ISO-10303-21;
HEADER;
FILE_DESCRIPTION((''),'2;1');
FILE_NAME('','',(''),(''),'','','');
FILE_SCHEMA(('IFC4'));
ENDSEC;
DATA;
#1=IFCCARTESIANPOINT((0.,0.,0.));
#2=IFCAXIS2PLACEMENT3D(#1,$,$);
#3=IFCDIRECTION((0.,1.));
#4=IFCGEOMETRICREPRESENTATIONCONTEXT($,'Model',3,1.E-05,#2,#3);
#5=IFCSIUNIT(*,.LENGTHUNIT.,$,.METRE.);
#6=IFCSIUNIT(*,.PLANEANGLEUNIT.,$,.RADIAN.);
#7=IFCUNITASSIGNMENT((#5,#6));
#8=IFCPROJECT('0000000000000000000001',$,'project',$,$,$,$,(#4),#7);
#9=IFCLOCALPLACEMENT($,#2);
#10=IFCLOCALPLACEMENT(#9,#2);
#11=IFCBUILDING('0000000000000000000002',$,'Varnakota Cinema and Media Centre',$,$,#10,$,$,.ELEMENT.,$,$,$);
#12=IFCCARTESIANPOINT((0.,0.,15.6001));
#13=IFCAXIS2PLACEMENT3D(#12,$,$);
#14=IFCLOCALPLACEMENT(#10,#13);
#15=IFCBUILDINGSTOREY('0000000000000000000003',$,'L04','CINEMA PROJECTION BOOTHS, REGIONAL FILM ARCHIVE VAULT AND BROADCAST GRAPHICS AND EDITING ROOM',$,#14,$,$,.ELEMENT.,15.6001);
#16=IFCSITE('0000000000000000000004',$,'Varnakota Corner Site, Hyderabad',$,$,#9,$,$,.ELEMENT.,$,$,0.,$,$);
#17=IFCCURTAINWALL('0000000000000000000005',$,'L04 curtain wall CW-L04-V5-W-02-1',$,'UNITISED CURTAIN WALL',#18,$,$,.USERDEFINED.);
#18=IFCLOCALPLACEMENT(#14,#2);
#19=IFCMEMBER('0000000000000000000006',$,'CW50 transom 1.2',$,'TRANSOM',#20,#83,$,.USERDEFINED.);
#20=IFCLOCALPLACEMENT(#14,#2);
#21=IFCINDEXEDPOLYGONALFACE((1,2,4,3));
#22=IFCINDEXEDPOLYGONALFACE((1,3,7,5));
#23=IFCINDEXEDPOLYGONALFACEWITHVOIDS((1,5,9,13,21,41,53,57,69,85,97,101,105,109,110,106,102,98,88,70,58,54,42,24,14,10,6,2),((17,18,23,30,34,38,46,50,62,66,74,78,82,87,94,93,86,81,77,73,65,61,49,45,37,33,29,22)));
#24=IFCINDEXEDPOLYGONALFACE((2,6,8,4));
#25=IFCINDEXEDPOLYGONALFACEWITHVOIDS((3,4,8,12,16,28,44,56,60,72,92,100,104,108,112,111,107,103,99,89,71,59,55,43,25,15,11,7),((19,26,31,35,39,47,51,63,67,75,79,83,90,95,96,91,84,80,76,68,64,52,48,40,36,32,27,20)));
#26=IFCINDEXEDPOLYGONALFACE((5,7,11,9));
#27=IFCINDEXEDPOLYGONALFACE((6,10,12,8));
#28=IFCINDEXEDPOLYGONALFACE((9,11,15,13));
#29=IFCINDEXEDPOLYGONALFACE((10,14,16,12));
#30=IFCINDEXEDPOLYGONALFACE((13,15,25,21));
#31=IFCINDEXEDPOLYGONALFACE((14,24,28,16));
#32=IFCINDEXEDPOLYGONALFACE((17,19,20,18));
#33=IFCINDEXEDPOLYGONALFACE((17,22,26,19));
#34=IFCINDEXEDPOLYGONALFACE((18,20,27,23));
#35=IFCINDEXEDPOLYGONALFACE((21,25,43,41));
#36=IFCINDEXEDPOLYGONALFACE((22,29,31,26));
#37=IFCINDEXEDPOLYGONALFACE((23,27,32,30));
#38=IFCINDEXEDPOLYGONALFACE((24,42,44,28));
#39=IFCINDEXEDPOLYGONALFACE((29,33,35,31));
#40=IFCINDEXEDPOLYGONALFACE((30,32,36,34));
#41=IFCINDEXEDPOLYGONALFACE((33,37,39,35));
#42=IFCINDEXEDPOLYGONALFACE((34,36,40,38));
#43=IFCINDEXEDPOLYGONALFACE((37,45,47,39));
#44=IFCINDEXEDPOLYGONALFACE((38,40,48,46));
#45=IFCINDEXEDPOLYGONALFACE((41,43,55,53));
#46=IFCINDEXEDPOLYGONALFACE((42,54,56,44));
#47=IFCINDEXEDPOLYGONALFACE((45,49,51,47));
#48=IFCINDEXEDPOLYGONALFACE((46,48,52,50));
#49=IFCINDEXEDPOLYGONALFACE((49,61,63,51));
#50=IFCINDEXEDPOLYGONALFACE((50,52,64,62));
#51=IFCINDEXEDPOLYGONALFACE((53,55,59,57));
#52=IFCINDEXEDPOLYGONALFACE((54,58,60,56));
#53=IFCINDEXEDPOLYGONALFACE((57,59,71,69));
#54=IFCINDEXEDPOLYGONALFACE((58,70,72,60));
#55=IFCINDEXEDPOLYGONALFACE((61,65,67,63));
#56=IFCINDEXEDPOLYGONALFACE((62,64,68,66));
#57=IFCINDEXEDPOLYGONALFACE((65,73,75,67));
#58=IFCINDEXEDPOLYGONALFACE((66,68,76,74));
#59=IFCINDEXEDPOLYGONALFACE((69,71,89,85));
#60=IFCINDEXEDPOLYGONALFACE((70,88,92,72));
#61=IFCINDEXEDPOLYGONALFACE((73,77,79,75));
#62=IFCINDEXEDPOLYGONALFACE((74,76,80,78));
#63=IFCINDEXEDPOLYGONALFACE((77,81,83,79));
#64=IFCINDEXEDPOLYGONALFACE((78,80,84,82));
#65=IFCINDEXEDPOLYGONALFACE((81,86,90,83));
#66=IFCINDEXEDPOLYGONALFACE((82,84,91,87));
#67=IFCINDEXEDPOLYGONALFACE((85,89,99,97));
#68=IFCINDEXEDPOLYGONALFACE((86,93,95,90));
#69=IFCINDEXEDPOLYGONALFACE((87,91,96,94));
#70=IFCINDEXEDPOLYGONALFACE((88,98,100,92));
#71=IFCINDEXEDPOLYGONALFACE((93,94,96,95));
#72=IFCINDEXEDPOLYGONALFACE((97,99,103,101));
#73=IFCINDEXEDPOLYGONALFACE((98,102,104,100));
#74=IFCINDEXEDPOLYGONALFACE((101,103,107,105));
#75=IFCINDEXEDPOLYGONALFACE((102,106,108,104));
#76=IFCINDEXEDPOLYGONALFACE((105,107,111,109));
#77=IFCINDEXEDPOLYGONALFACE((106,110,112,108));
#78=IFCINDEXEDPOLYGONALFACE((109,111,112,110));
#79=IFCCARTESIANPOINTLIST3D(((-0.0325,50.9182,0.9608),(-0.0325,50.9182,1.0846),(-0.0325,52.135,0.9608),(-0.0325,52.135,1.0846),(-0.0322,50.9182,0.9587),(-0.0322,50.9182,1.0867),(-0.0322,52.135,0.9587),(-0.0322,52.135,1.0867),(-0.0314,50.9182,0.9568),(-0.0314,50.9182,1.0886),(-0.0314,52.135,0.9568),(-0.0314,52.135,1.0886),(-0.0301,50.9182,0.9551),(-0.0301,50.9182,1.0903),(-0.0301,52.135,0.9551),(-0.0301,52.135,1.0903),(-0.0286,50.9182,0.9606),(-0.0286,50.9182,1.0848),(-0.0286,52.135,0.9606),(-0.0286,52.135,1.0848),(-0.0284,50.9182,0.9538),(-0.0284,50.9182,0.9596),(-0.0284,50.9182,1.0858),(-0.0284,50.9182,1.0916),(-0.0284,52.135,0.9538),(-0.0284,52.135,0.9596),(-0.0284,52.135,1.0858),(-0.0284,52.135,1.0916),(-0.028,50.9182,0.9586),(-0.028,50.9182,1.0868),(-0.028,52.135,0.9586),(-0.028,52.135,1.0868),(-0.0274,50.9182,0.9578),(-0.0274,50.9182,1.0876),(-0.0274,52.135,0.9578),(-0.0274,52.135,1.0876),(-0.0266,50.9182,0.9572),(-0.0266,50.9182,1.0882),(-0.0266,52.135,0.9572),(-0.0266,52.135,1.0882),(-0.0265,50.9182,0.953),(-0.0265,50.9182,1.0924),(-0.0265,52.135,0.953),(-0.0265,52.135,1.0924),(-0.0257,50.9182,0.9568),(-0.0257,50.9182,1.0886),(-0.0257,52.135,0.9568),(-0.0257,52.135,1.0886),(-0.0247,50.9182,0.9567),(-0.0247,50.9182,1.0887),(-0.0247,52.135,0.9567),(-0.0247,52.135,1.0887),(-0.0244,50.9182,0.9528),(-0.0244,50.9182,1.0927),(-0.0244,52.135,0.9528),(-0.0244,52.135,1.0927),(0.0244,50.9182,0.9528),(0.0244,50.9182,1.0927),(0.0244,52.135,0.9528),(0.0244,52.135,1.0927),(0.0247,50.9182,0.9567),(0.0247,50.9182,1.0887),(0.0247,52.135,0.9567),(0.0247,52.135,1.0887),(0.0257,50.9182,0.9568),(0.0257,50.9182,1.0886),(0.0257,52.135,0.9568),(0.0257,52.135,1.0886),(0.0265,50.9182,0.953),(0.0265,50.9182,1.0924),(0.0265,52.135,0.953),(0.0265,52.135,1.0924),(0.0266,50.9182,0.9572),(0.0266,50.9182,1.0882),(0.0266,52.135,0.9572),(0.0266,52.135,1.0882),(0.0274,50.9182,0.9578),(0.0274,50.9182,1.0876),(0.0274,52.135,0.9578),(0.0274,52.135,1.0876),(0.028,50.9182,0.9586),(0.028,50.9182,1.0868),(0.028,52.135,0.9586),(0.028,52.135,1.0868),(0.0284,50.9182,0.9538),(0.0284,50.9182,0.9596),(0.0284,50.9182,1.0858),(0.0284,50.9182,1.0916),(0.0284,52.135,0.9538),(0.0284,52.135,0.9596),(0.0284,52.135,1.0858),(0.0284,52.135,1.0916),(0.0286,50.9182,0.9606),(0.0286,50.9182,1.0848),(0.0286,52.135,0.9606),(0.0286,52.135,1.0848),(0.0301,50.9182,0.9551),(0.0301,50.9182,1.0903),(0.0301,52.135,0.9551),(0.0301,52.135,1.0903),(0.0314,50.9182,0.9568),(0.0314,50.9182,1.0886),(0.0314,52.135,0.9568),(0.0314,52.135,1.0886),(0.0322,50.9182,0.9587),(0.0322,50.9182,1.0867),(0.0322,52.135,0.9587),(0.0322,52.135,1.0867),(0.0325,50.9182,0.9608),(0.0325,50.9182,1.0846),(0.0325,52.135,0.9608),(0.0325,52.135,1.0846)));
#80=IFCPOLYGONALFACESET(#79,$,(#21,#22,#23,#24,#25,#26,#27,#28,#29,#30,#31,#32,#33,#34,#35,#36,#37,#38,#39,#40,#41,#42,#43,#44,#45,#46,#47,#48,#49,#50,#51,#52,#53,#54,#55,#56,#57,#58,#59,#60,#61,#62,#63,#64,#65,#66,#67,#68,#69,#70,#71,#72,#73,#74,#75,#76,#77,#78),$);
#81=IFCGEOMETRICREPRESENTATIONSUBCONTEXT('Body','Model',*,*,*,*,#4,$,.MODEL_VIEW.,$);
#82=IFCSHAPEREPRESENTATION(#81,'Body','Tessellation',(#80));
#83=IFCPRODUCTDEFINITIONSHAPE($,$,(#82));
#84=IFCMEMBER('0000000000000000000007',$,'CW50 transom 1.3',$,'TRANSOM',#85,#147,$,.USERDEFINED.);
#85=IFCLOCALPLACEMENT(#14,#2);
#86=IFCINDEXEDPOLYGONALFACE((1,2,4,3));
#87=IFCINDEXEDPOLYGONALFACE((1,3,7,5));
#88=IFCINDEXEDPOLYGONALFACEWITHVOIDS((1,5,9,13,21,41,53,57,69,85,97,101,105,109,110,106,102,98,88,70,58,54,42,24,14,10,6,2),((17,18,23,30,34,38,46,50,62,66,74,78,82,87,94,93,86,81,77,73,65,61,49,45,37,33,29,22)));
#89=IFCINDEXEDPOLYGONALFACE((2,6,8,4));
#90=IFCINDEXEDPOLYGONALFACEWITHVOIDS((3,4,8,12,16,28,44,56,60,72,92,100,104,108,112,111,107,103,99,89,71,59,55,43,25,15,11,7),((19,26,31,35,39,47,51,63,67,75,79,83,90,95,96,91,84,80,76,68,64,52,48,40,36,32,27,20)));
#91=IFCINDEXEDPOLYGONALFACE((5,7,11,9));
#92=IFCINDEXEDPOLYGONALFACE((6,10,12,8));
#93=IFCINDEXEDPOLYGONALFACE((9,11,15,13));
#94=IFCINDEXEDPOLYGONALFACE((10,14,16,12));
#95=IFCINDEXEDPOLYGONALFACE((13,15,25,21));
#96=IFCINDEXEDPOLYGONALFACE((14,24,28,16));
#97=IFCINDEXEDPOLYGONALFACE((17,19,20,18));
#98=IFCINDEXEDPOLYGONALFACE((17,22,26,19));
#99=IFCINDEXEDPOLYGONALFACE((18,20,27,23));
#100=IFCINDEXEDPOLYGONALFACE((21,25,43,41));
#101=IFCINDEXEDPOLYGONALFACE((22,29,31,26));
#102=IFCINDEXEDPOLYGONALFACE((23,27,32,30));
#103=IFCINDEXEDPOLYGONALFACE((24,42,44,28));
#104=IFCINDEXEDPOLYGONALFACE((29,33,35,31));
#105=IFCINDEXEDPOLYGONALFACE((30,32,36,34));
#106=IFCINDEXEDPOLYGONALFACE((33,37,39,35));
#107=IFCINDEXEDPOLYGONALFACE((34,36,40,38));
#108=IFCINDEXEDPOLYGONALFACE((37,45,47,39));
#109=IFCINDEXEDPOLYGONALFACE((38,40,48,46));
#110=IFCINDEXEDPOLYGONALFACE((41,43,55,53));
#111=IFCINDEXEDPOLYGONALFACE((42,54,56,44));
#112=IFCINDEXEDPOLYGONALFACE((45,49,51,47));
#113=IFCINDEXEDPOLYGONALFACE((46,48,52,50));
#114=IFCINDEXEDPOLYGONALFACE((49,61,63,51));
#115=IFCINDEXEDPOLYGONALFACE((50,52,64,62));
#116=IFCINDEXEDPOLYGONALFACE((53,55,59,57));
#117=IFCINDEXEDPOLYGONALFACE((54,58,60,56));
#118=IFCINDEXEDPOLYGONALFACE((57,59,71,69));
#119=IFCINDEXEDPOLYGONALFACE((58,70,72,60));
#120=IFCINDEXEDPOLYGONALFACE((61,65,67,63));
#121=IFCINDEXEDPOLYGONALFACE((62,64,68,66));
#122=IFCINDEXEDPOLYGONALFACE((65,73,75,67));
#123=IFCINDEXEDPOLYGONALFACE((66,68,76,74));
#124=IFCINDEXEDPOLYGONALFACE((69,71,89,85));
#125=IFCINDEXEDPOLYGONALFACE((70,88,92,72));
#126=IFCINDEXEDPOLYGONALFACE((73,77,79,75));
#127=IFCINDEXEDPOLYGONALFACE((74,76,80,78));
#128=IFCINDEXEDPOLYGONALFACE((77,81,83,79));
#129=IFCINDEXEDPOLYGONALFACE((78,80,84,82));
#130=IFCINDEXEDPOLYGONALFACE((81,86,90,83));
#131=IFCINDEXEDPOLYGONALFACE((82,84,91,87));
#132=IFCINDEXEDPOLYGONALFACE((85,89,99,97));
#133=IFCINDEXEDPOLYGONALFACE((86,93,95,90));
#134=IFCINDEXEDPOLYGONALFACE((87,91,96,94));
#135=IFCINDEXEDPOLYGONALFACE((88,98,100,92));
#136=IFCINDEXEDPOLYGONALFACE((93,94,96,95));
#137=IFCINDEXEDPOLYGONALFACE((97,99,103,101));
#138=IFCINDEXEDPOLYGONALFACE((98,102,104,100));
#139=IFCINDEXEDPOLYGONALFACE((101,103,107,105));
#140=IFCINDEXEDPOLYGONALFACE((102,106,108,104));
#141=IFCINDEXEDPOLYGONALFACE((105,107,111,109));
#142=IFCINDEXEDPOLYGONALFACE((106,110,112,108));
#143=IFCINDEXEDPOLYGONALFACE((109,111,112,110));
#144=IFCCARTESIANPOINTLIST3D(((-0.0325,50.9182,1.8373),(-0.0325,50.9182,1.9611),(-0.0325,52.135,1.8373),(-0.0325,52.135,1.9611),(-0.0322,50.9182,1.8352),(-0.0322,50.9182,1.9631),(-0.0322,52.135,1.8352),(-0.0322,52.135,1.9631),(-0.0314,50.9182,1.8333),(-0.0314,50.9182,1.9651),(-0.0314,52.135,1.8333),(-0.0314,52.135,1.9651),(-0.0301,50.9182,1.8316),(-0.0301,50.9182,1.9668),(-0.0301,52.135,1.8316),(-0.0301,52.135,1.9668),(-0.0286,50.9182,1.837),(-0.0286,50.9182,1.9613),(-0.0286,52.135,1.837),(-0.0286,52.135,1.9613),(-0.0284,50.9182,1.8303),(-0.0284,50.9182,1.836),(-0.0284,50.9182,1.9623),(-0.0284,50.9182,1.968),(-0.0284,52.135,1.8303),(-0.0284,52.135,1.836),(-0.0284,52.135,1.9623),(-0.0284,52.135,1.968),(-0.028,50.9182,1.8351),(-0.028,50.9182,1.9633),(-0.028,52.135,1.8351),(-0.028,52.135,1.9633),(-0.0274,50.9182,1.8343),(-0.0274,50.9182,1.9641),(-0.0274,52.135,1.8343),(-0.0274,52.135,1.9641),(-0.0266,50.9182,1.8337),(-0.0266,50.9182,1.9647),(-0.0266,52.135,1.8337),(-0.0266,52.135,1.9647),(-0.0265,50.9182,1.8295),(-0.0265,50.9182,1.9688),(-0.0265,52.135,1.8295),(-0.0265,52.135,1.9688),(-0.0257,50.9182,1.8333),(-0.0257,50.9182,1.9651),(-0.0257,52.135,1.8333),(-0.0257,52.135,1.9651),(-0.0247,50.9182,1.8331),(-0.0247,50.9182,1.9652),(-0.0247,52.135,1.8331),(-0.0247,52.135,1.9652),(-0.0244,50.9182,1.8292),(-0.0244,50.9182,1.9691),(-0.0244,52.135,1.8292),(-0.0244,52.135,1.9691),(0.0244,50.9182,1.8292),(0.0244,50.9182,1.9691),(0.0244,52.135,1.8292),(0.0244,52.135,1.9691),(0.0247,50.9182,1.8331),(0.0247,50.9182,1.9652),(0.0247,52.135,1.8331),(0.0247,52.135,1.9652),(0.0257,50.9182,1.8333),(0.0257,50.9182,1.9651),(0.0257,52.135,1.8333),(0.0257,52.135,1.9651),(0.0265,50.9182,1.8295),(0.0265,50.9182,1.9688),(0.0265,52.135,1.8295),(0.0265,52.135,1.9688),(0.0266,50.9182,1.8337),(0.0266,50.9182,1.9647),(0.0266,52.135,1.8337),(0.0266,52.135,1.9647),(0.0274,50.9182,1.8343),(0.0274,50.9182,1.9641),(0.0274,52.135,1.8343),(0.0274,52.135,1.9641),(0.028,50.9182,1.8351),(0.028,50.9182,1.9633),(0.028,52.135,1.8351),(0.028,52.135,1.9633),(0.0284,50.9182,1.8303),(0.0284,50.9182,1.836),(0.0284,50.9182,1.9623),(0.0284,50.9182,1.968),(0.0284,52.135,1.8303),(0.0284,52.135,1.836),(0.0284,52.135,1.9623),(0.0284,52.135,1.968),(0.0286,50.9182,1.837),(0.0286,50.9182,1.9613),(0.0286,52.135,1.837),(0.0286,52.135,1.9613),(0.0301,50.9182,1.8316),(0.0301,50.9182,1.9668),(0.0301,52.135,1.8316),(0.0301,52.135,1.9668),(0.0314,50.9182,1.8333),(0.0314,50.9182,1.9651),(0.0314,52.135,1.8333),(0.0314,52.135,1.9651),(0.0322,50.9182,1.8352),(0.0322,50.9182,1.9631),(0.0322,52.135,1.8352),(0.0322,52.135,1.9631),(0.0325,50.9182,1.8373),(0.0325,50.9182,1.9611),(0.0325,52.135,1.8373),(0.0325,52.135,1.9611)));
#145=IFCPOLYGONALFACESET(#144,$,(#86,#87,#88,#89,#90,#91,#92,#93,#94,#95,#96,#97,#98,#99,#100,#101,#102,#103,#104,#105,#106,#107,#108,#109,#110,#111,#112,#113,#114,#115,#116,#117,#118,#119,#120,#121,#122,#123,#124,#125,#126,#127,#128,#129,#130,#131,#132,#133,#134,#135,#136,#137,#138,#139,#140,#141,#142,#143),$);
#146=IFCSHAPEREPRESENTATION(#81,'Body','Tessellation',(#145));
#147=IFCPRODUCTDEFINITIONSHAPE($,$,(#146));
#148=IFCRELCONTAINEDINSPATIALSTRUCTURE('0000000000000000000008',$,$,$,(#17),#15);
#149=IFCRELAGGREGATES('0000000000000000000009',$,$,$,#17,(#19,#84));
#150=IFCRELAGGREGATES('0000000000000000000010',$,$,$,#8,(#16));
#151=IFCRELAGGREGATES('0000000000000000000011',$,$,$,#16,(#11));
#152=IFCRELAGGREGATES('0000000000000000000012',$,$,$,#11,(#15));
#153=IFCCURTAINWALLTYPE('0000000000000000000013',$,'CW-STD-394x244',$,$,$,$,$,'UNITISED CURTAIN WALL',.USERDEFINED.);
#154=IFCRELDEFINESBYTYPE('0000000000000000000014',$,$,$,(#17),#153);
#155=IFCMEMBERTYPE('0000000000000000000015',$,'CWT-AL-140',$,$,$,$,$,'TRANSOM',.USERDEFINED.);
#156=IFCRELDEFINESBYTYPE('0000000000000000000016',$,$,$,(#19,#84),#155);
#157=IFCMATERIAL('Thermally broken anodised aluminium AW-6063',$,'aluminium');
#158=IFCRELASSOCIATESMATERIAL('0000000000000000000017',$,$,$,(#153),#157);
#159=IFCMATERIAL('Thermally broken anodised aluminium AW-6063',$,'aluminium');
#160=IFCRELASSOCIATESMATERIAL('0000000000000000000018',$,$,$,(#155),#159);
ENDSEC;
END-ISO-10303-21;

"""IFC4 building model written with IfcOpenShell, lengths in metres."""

from ifc_helpers import new_model, si_unit, direction, frame, origin, origin_2d, place, context, subcontext, project, spatial, hollow_rectangle, extrude, material, material_profile, profile_set, type_object, element, aggregate, save


model = new_model("IFC4")

# Units and contexts
model_context = context("Model", 3, precision=1e-05, world=origin(), true_north=direction((0.0, 1.0)))
body_context = subcontext(model_context, "Body", "Model", "MODEL_VIEW")
ifc_project = project(units=[si_unit("LENGTHUNIT", "METRE"), si_unit("PLANEANGLEUNIT", "RADIAN")], contexts=[model_context])

# Site, building, storey
site_placement = place(None, origin())
site = spatial("IfcSite", under=ifc_project, at=site_placement, Name="Varnakota Corner Site, Hyderabad", CompositionType="ELEMENT", RefElevation=0.0)
building_placement = place(site_placement, origin())
building = spatial("IfcBuilding", under=site, at=building_placement, Name="Varnakota Cinema and Media Centre", CompositionType="ELEMENT")
storey_placement = place(building_placement, frame((0.0, 0.0, 15.6001)))
storey = spatial("IfcBuildingStorey", under=building, at=storey_placement, Name="L04", Description="CINEMA PROJECTION BOOTHS, REGIONAL FILM ARCHIVE VAULT AND BROADCAST GRAPHICS AND EDITING ROOM", CompositionType="ELEMENT", Elevation=15.6001)

# Curtain wall, members
ifc_material_1 = material(Name="Thermally broken anodised aluminium AW-6063", Category="aluminium")
curtain_wall_type = type_object("IfcCurtainWallType", Name="CW-STD-394x244", ElementType="UNITISED CURTAIN WALL", PredefinedType="USERDEFINED", material=ifc_material_1)
curtain_wall_placement = place(storey_placement, origin())
curtain_wall = element("IfcCurtainWall", 1, at=curtain_wall_placement, inside=storey, type_object=curtain_wall_type, Name="L04 curtain wall CW-L04-V5-W-02-1", ObjectType="UNITISED CURTAIN WALL", PredefinedType="USERDEFINED")
ifc_material_2 = material(Name="Thermally broken anodised aluminium AW-6063", Category="aluminium")
ifc_material_profile_1 = material_profile(ifc_material_2, hollow_rectangle(XDim=0.0649, YDim=0.1399, WallThickness=0.0039, InnerFilletRadius=0.0039, OuterFilletRadius=0.0081, at=origin_2d()), Name="AL-TRANSOM 140x65x4")
ifc_profile_set_1 = profile_set([ifc_material_profile_1], Name="Thermally broken anodised aluminium AW-6063")
member_type_1 = type_object("IfcMemberType", Name="CWT-AL-140", ElementType="TRANSOM", PredefinedType="USERDEFINED", material=ifc_profile_set_1)
member_1_placement = place(storey_placement, frame((0.0, 52.135, 1.0227), z_axis=(0.0, -1.0, 0.0), x_axis=(1.0, 0.0, 0.0)))
member_1 = element("IfcMember", 2, at=member_1_placement, type_object=member_type_1, Name="CW50 transom 1.2", ObjectType="TRANSOM", PredefinedType="USERDEFINED", context=body_context, shape_type="SweptSolid", body=[
    extrude(hollow_rectangle(XDim=0.0649, YDim=0.1399, WallThickness=0.0039, InnerFilletRadius=0.0039, OuterFilletRadius=0.0081, at=origin_2d()), origin(), (0.0, 0.0, 1.0), 1.2168),
])
member_2_placement = place(storey_placement, frame((0.0, 52.135, 1.8992), z_axis=(0.0, -1.0, 0.0), x_axis=(1.0, 0.0, 0.0)))
member_2 = element("IfcMember", 3, at=member_2_placement, type_object=member_type_1, Name="CW50 transom 1.3", ObjectType="TRANSOM", PredefinedType="USERDEFINED", context=body_context, shape_type="SweptSolid", body=[
    extrude(hollow_rectangle(XDim=0.0649, YDim=0.1399, WallThickness=0.0039, InnerFilletRadius=0.0039, OuterFilletRadius=0.0081, at=origin_2d()), origin(), (0.0, 0.0, 1.0), 1.2168),
])
aggregate(curtain_wall, [member_1, member_2])

save(model, "model.ifc")
